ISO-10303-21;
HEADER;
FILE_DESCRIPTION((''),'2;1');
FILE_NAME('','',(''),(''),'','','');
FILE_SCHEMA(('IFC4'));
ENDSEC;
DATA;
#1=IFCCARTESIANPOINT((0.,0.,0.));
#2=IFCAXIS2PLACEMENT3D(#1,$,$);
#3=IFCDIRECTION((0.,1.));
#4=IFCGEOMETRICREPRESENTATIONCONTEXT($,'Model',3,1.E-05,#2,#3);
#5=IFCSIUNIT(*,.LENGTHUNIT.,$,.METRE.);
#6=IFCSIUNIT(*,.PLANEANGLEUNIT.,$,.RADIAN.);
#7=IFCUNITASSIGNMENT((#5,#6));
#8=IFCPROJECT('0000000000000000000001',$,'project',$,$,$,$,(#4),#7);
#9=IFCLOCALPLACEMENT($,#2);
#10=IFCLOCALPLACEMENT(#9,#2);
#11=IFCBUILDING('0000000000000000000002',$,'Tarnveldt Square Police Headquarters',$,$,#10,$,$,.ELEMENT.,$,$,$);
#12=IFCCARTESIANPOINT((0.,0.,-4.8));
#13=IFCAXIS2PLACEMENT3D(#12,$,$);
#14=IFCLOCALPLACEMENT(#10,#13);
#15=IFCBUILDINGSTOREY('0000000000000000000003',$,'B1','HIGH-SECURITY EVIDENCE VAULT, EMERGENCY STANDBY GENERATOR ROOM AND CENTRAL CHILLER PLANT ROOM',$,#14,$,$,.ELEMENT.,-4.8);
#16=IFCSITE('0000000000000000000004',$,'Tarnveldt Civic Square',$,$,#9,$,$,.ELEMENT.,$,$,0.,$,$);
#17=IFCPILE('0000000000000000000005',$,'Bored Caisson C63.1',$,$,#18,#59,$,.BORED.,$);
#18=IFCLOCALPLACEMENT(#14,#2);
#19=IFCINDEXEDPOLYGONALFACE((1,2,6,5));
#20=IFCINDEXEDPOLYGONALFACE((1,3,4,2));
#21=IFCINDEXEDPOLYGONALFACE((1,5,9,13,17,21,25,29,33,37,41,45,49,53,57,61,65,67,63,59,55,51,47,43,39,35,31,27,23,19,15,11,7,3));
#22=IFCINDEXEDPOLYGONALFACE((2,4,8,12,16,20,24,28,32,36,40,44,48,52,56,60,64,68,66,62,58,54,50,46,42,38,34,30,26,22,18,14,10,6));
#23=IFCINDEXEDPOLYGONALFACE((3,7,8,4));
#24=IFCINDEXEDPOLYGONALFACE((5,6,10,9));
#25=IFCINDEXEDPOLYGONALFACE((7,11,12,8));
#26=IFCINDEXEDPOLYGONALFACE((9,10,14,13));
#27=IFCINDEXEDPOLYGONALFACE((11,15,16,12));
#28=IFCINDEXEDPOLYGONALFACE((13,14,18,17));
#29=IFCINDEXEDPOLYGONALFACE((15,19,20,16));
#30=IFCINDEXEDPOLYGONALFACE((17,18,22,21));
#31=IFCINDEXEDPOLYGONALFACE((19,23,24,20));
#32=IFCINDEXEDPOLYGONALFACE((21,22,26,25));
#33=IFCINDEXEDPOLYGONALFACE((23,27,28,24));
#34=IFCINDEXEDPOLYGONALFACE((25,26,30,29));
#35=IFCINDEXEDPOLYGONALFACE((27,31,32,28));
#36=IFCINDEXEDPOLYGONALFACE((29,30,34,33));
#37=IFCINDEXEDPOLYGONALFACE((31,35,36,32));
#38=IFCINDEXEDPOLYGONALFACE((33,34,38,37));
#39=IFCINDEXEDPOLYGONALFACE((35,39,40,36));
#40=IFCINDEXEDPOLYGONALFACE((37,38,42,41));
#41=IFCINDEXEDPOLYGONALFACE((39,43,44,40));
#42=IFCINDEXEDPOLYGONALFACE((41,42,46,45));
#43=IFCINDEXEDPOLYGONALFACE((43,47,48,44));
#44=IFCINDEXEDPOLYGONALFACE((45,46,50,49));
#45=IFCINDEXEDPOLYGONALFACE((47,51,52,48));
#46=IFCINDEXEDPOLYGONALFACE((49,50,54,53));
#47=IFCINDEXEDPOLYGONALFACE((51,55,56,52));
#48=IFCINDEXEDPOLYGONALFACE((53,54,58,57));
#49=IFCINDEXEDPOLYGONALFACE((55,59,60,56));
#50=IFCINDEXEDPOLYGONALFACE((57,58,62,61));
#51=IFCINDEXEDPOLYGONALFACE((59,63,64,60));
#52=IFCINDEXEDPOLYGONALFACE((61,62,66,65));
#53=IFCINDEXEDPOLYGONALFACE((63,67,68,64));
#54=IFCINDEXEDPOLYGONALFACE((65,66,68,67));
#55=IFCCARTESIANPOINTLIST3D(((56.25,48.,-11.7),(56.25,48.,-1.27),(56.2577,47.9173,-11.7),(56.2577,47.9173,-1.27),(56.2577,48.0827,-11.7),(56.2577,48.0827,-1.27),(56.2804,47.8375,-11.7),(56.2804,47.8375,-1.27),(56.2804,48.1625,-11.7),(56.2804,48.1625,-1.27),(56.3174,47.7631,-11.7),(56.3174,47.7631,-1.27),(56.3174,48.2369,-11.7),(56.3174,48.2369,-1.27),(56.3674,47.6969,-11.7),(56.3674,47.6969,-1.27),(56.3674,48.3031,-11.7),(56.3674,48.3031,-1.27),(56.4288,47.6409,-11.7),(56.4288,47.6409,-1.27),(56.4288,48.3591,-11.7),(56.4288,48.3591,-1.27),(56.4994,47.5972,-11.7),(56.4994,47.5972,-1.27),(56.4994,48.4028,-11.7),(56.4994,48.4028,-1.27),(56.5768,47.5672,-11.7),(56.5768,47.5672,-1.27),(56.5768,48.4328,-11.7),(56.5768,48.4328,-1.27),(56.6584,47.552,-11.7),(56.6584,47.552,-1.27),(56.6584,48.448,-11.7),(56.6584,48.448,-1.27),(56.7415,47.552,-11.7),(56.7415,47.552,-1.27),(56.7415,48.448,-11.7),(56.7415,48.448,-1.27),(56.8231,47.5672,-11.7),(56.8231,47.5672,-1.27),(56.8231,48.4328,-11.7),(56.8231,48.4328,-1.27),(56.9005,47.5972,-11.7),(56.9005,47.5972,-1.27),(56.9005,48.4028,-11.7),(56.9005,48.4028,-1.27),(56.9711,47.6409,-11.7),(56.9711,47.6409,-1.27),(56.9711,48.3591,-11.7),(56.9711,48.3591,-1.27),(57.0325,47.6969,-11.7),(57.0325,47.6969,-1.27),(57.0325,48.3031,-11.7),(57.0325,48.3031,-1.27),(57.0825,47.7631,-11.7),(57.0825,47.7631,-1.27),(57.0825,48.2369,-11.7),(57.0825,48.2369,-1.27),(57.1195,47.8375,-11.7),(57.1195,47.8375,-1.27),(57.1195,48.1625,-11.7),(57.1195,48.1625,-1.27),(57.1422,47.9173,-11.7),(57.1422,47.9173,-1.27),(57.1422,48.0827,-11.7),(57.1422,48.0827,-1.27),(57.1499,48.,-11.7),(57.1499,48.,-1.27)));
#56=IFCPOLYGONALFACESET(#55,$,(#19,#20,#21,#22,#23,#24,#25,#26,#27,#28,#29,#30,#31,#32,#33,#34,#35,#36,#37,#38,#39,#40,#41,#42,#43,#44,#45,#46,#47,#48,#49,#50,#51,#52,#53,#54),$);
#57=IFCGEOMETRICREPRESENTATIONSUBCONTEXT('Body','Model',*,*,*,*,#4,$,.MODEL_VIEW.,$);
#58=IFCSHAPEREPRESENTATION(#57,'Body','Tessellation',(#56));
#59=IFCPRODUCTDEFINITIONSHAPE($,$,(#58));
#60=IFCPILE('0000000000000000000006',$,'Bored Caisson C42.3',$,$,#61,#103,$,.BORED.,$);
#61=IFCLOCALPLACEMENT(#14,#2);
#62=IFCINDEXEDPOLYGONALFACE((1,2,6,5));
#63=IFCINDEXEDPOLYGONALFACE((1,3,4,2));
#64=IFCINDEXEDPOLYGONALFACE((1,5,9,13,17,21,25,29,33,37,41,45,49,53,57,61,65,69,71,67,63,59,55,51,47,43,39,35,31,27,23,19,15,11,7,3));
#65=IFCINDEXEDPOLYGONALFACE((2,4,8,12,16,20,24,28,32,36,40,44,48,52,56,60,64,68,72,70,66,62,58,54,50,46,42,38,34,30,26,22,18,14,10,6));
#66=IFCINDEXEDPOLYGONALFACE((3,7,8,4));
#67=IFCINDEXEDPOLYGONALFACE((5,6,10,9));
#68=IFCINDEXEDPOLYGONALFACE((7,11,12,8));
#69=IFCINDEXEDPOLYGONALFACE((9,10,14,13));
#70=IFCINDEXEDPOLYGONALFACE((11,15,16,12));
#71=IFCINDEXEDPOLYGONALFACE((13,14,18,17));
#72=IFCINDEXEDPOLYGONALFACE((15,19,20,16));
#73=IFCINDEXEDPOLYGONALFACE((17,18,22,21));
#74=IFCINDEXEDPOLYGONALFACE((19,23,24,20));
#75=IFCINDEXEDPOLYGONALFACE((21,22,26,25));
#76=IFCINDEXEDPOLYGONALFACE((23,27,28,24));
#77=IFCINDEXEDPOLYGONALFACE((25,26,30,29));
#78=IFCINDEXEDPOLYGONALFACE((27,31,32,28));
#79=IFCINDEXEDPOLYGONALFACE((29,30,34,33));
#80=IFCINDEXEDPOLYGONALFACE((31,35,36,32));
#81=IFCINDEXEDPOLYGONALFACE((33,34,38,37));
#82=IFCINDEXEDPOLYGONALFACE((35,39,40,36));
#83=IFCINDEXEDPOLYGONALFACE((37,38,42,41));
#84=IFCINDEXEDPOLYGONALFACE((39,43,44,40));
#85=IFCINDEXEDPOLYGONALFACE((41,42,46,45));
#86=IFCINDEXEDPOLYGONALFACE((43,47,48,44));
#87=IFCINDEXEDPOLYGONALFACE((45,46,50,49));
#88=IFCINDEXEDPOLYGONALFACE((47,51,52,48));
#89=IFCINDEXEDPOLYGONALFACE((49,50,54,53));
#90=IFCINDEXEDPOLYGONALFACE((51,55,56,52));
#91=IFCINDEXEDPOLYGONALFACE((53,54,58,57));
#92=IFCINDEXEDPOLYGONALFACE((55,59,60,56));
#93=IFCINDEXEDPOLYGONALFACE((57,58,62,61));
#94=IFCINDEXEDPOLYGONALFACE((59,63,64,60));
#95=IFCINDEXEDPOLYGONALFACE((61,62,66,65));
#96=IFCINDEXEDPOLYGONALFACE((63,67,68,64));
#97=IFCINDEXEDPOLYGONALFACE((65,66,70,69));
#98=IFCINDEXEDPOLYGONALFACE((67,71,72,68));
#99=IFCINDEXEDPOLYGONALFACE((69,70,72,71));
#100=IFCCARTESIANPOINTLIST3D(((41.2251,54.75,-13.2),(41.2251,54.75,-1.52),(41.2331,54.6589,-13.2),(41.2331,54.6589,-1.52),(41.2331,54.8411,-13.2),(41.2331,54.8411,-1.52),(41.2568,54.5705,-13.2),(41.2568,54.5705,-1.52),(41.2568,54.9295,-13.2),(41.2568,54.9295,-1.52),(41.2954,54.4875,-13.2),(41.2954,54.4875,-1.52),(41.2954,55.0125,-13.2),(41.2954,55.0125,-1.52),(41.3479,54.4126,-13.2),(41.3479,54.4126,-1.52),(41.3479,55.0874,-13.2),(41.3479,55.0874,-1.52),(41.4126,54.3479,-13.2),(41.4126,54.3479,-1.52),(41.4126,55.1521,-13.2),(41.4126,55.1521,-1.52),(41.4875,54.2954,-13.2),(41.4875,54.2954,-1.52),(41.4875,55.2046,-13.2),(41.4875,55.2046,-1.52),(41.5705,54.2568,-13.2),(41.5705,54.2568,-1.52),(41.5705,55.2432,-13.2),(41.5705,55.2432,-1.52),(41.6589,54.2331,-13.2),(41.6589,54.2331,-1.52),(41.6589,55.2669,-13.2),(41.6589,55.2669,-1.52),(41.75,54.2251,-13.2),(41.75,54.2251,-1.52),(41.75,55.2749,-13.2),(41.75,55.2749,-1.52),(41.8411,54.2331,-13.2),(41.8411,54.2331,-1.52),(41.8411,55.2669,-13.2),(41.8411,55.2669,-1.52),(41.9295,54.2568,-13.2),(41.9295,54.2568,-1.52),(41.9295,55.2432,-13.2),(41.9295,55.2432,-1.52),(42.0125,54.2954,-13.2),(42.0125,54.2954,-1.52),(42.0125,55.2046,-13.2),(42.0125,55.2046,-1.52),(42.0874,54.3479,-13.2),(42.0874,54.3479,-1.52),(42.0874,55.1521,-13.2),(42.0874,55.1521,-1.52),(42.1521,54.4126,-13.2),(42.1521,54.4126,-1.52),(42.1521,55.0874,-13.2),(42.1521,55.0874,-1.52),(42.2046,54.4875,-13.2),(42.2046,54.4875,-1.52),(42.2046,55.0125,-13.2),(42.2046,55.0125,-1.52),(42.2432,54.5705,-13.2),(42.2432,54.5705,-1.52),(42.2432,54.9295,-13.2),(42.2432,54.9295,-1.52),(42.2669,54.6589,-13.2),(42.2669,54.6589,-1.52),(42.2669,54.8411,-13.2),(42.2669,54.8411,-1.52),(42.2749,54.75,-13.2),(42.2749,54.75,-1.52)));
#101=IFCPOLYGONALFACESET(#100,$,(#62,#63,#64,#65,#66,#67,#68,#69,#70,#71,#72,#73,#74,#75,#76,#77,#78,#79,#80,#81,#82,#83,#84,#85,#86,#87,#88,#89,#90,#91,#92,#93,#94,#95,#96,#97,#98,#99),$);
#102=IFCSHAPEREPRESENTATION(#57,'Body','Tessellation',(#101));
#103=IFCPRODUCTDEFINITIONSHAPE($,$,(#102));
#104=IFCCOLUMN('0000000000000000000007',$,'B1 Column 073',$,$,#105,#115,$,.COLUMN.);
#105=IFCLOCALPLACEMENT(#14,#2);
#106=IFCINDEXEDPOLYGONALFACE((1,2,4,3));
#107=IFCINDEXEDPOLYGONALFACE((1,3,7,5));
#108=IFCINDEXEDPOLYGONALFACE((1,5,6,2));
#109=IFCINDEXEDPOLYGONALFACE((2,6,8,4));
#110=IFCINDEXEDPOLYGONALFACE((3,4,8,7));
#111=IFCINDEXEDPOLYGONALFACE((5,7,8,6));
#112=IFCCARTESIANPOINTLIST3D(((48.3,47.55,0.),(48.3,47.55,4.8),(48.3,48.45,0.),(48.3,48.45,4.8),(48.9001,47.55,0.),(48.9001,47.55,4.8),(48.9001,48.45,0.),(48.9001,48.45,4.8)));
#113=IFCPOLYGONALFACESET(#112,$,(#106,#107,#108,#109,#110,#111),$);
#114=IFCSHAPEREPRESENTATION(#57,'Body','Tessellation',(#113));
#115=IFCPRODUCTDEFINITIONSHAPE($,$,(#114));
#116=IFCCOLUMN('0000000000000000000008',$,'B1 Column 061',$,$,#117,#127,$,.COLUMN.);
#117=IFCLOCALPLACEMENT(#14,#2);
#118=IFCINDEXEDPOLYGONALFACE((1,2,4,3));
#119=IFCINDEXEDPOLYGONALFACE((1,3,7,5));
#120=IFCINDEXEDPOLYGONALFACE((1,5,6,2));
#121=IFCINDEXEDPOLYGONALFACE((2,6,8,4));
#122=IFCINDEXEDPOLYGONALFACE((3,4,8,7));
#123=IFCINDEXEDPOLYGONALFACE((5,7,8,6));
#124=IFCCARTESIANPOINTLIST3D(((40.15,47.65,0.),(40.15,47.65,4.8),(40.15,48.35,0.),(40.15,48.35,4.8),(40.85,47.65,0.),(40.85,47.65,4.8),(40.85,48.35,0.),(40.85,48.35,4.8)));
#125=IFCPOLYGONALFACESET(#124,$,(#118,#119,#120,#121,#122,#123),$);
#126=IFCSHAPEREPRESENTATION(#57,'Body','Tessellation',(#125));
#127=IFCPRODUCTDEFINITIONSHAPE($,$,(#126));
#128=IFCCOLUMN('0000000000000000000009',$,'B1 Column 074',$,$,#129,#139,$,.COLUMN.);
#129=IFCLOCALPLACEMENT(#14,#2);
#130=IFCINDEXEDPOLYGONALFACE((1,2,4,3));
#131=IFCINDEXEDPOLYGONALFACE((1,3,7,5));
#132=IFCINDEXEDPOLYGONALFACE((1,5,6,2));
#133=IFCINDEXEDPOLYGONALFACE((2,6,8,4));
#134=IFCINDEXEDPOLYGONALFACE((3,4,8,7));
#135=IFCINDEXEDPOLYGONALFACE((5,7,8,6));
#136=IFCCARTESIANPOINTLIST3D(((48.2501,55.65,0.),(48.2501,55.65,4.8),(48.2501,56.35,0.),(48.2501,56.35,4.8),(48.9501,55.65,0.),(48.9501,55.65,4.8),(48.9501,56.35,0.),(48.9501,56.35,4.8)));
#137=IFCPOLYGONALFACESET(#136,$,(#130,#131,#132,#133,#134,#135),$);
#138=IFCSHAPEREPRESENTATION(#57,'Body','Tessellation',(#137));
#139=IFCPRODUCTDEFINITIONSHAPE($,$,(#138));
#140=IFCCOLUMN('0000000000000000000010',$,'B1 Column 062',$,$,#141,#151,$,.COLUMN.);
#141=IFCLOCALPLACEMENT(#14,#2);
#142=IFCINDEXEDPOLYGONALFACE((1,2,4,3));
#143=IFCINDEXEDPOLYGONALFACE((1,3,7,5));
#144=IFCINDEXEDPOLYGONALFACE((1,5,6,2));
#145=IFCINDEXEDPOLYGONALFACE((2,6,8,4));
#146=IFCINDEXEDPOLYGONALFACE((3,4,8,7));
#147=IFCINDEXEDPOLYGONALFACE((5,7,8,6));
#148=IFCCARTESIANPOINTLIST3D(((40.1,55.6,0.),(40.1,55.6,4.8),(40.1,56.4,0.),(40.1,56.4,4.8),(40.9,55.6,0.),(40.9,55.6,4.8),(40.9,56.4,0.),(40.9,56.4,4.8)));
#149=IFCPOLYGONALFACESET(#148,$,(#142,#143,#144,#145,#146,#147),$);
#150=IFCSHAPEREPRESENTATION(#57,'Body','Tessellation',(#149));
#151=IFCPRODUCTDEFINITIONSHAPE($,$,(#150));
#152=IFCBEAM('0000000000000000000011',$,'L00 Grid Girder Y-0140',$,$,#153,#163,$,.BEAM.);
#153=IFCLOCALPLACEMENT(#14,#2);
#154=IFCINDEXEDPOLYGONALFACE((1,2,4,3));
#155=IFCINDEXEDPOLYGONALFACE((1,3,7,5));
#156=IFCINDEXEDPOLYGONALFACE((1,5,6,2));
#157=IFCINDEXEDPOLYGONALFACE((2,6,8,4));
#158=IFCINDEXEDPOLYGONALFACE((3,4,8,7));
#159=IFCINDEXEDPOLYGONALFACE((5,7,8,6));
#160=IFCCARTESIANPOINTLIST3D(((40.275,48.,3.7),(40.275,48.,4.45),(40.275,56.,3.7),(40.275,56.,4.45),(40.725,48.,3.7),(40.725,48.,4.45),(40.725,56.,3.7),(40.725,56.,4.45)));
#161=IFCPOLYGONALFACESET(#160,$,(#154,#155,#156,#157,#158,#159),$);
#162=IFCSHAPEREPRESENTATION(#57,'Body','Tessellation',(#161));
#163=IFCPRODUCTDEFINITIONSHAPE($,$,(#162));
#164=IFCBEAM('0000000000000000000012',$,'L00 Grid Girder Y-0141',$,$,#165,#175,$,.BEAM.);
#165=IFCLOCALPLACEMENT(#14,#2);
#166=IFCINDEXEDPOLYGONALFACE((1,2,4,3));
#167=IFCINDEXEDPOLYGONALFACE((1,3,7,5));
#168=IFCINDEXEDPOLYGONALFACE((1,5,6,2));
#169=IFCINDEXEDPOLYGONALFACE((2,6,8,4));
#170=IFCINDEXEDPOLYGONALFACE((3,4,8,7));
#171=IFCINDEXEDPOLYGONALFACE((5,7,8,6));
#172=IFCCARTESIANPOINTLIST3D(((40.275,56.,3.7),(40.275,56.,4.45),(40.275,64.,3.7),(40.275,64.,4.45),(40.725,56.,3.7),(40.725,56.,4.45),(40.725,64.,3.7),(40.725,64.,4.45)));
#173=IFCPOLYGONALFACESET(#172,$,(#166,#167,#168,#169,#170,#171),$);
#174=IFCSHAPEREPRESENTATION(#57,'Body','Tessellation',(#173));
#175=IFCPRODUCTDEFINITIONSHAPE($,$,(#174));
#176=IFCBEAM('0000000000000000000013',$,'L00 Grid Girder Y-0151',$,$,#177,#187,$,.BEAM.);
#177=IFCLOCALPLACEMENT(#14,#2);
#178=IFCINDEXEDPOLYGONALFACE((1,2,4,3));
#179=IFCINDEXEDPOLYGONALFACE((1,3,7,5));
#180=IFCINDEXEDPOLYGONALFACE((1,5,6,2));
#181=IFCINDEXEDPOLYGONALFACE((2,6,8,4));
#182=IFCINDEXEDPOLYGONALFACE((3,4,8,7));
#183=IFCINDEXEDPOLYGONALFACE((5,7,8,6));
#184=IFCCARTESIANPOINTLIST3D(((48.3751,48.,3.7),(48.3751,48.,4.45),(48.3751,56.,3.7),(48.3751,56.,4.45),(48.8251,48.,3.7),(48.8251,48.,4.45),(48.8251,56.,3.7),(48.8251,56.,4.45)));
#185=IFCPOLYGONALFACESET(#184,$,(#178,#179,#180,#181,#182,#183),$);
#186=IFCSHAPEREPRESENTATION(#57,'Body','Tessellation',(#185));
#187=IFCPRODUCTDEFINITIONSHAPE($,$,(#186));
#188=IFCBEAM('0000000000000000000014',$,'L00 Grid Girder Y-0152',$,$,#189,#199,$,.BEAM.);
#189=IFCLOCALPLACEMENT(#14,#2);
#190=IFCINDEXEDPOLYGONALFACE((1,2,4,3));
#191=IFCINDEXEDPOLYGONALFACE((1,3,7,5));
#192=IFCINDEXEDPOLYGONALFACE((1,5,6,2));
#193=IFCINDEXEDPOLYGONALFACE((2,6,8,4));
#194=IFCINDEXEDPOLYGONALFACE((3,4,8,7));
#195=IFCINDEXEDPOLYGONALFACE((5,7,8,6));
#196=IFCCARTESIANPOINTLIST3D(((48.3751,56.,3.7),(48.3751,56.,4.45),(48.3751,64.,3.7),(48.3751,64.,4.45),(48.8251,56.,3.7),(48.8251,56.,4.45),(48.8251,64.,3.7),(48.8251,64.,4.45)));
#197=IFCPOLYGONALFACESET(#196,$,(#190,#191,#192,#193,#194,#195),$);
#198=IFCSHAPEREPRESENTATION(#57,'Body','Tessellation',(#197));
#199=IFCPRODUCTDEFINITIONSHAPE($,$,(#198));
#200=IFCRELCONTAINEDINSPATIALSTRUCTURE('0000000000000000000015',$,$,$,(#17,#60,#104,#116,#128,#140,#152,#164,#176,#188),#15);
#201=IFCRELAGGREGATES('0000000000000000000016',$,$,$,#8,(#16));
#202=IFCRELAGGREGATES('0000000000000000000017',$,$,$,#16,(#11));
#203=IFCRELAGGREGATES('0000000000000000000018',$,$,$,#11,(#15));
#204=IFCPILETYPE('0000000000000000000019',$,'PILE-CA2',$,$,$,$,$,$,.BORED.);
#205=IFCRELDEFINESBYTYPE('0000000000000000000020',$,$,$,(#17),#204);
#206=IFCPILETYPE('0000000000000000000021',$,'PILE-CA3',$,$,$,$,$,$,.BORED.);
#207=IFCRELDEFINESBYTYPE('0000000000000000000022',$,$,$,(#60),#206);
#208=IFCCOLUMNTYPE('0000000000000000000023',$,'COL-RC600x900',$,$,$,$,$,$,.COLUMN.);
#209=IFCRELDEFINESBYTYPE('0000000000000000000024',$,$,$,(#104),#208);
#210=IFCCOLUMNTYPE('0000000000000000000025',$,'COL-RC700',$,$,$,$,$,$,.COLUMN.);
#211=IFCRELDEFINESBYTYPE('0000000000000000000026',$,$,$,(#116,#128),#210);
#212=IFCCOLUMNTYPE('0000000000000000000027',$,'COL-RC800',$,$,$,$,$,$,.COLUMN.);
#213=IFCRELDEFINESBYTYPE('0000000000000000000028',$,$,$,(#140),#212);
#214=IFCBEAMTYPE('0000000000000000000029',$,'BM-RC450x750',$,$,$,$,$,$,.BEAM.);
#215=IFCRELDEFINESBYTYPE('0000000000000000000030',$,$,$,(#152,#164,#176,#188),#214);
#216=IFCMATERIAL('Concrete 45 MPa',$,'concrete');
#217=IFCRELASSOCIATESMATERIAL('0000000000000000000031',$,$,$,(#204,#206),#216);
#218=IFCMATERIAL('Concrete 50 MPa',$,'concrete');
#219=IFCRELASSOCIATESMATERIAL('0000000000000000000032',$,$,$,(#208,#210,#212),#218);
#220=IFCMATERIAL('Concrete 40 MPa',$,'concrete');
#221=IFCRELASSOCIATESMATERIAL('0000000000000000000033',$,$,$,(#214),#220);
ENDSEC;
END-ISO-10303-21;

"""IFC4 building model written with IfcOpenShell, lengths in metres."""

from ifc_helpers import new_model, si_unit, direction, frame, origin, origin_2d, place, context, subcontext, project, spatial, rectangle, circle, extrude, material, material_profile, profile_set, type_object, element, save


model = new_model("IFC4")

# Units and contexts
model_context = context("Model", 3, precision=1e-05, world=origin(), true_north=direction((0.0, 1.0)))
body_context = subcontext(model_context, "Body", "Model", "MODEL_VIEW")
ifc_project = project(units=[si_unit("LENGTHUNIT", "METRE"), si_unit("PLANEANGLEUNIT", "RADIAN")], contexts=[model_context])

# Site, building, storey
site_placement = place(None, origin())
site = spatial("IfcSite", under=ifc_project, at=site_placement, Name="Tarnveldt Civic Square", CompositionType="ELEMENT", RefElevation=0.0)
building_placement = place(site_placement, origin())
building = spatial("IfcBuilding", under=site, at=building_placement, Name="Tarnveldt Square Police Headquarters", CompositionType="ELEMENT")
storey_placement = place(building_placement, frame((0.0, 0.0, -4.8)))
storey = spatial("IfcBuildingStorey", under=building, at=storey_placement, Name="B1", Description="HIGH-SECURITY EVIDENCE VAULT, EMERGENCY STANDBY GENERATOR ROOM AND CENTRAL CHILLER PLANT ROOM", CompositionType="ELEMENT", Elevation=-4.8)

# Shared definitions
ifc_material_1 = material(Name="Concrete 45 MPa", Category="concrete")

# Piles
ifc_material_profile_1 = material_profile(ifc_material_1, circle(Radius=0.45, at=origin_2d()), Name="CAISSON-D900")
ifc_profile_set_1 = profile_set([ifc_material_profile_1], Name="Concrete 45 MPa")
pile_type_1 = type_object("IfcPileType", Name="PILE-CA2", PredefinedType="BORED", material=ifc_profile_set_1)
pile_1_placement = place(storey_placement, frame((56.7, 48.0, -1.27), z_axis=(0.0, 0.0, -1.0), x_axis=(1.0, 0.0, 0.0)))
element("IfcPile", 1, at=pile_1_placement, inside=storey, type_object=pile_type_1, Name="Bored Caisson C63.1", PredefinedType="BORED", context=body_context, shape_type="SweptSolid", body=[
    extrude(circle(Radius=0.45, at=origin_2d()), origin(), (0.0, 0.0, 1.0), 10.4299),
])
ifc_material_profile_2 = material_profile(ifc_material_1, circle(Radius=0.5249, at=origin_2d()), Name="CAISSON-D1050")
ifc_profile_set_2 = profile_set([ifc_material_profile_2], Name="Concrete 45 MPa")
pile_type_2 = type_object("IfcPileType", Name="PILE-CA3", PredefinedType="BORED", material=ifc_profile_set_2)
pile_2_placement = place(storey_placement, frame((41.75, 54.75, -1.52), z_axis=(0.0, 0.0, -1.0), x_axis=(1.0, 0.0, 0.0)))
element("IfcPile", 2, at=pile_2_placement, inside=storey, type_object=pile_type_2, Name="Bored Caisson C42.3", PredefinedType="BORED", context=body_context, shape_type="SweptSolid", body=[
    extrude(circle(Radius=0.5249, at=origin_2d()), origin(), (0.0, 0.0, 1.0), 11.6799),
])

# Columns
ifc_material_2 = material(Name="Concrete 50 MPa", Category="concrete")
ifc_material_profile_3 = material_profile(ifc_material_2, rectangle(XDim=0.6001, YDim=0.8999, at=origin_2d()), Name="RC-C600x900")
ifc_profile_set_3 = profile_set([ifc_material_profile_3], Name="Concrete 50 MPa")
column_type_1 = type_object("IfcColumnType", Name="COL-RC600x900", PredefinedType="COLUMN", material=ifc_profile_set_3)
column_1_placement = place(storey_placement, frame((48.6001, 48.0, 0.0), z_axis=(0.0, 0.0, 1.0), x_axis=(1.0, 0.0, 0.0)))
element("IfcColumn", 3, at=column_1_placement, inside=storey, type_object=column_type_1, Name="B1 Column 073", PredefinedType="COLUMN", context=body_context, shape_type="SweptSolid", body=[
    extrude(rectangle(XDim=0.6001, YDim=0.8999, at=origin_2d()), origin(), (0.0, 0.0, 1.0), 4.8),
])
ifc_material_profile_4 = material_profile(ifc_material_2, rectangle(XDim=0.7, YDim=0.7, at=origin_2d()), Name="RC-C700x700")
ifc_profile_set_4 = profile_set([ifc_material_profile_4], Name="Concrete 50 MPa")
column_type_2 = type_object("IfcColumnType", Name="COL-RC700", PredefinedType="COLUMN", material=ifc_profile_set_4)
for number, where, z_axis, x_axis, name in (
    (4, (40.5, 48.0, 0.0), (0.0, 0.0, 1.0), (1.0, 0.0, 0.0), "B1 Column 061"),
    (5, (48.6001, 56.0, 0.0), (0.0, 0.0, 1.0), (1.0, 0.0, 0.0), "B1 Column 074"),
):
    element("IfcColumn", number, at=place(storey_placement, frame(where, z_axis=z_axis, x_axis=x_axis)), inside=storey, type_object=column_type_2, Name=name, PredefinedType="COLUMN", context=body_context, shape_type="SweptSolid", body=[
        extrude(rectangle(XDim=0.7, YDim=0.7, at=origin_2d()), origin(), (0.0, 0.0, 1.0), 4.8),
    ])
ifc_material_profile_5 = material_profile(ifc_material_2, rectangle(XDim=0.8, YDim=0.8, at=origin_2d()), Name="RC-C800x800")
ifc_profile_set_5 = profile_set([ifc_material_profile_5], Name="Concrete 50 MPa")
column_type_3 = type_object("IfcColumnType", Name="COL-RC800", PredefinedType="COLUMN", material=ifc_profile_set_5)
column_2_placement = place(storey_placement, frame((40.5, 56.0, 0.0), z_axis=(0.0, 0.0, 1.0), x_axis=(1.0, 0.0, 0.0)))
element("IfcColumn", 6, at=column_2_placement, inside=storey, type_object=column_type_3, Name="B1 Column 062", PredefinedType="COLUMN", context=body_context, shape_type="SweptSolid", body=[
    extrude(rectangle(XDim=0.8, YDim=0.8, at=origin_2d()), origin(), (0.0, 0.0, 1.0), 4.8),
])

# Beams
ifc_material_3 = material(Name="Concrete 40 MPa", Category="concrete")
ifc_material_profile_6 = material_profile(ifc_material_3, rectangle(XDim=0.45, YDim=0.75, at=origin_2d()), Name="RC-B450x750")
ifc_profile_set_6 = profile_set([ifc_material_profile_6], Name="Concrete 40 MPa")
beam_type_1 = type_object("IfcBeamType", Name="BM-RC450x750", PredefinedType="BEAM", material=ifc_profile_set_6)
for number, where, z_axis, x_axis, name in (
    (7, (40.5, 48.0, 4.075), (0.0, 1.0, 0.0), (-1.0, 0.0, 0.0), "L00 Grid Girder Y-0140"),
    (8, (40.5, 56.0, 4.075), (0.0, 1.0, 0.0), (-1.0, 0.0, 0.0), "L00 Grid Girder Y-0141"),
    (9, (48.6001, 48.0, 4.075), (0.0, 1.0, 0.0), (-1.0, 0.0, 0.0), "L00 Grid Girder Y-0151"),
    (10, (48.6001, 56.0, 4.075), (0.0, 1.0, 0.0), (-1.0, 0.0, 0.0), "L00 Grid Girder Y-0152"),
):
    element("IfcBeam", number, at=place(storey_placement, frame(where, z_axis=z_axis, x_axis=x_axis)), inside=storey, type_object=beam_type_1, Name=name, PredefinedType="BEAM", context=body_context, shape_type="SweptSolid", body=[
        extrude(rectangle(XDim=0.45, YDim=0.75, at=origin_2d()), origin(), (0.0, 0.0, 1.0), 8.0),
    ])

save(model, "model.ifc")
